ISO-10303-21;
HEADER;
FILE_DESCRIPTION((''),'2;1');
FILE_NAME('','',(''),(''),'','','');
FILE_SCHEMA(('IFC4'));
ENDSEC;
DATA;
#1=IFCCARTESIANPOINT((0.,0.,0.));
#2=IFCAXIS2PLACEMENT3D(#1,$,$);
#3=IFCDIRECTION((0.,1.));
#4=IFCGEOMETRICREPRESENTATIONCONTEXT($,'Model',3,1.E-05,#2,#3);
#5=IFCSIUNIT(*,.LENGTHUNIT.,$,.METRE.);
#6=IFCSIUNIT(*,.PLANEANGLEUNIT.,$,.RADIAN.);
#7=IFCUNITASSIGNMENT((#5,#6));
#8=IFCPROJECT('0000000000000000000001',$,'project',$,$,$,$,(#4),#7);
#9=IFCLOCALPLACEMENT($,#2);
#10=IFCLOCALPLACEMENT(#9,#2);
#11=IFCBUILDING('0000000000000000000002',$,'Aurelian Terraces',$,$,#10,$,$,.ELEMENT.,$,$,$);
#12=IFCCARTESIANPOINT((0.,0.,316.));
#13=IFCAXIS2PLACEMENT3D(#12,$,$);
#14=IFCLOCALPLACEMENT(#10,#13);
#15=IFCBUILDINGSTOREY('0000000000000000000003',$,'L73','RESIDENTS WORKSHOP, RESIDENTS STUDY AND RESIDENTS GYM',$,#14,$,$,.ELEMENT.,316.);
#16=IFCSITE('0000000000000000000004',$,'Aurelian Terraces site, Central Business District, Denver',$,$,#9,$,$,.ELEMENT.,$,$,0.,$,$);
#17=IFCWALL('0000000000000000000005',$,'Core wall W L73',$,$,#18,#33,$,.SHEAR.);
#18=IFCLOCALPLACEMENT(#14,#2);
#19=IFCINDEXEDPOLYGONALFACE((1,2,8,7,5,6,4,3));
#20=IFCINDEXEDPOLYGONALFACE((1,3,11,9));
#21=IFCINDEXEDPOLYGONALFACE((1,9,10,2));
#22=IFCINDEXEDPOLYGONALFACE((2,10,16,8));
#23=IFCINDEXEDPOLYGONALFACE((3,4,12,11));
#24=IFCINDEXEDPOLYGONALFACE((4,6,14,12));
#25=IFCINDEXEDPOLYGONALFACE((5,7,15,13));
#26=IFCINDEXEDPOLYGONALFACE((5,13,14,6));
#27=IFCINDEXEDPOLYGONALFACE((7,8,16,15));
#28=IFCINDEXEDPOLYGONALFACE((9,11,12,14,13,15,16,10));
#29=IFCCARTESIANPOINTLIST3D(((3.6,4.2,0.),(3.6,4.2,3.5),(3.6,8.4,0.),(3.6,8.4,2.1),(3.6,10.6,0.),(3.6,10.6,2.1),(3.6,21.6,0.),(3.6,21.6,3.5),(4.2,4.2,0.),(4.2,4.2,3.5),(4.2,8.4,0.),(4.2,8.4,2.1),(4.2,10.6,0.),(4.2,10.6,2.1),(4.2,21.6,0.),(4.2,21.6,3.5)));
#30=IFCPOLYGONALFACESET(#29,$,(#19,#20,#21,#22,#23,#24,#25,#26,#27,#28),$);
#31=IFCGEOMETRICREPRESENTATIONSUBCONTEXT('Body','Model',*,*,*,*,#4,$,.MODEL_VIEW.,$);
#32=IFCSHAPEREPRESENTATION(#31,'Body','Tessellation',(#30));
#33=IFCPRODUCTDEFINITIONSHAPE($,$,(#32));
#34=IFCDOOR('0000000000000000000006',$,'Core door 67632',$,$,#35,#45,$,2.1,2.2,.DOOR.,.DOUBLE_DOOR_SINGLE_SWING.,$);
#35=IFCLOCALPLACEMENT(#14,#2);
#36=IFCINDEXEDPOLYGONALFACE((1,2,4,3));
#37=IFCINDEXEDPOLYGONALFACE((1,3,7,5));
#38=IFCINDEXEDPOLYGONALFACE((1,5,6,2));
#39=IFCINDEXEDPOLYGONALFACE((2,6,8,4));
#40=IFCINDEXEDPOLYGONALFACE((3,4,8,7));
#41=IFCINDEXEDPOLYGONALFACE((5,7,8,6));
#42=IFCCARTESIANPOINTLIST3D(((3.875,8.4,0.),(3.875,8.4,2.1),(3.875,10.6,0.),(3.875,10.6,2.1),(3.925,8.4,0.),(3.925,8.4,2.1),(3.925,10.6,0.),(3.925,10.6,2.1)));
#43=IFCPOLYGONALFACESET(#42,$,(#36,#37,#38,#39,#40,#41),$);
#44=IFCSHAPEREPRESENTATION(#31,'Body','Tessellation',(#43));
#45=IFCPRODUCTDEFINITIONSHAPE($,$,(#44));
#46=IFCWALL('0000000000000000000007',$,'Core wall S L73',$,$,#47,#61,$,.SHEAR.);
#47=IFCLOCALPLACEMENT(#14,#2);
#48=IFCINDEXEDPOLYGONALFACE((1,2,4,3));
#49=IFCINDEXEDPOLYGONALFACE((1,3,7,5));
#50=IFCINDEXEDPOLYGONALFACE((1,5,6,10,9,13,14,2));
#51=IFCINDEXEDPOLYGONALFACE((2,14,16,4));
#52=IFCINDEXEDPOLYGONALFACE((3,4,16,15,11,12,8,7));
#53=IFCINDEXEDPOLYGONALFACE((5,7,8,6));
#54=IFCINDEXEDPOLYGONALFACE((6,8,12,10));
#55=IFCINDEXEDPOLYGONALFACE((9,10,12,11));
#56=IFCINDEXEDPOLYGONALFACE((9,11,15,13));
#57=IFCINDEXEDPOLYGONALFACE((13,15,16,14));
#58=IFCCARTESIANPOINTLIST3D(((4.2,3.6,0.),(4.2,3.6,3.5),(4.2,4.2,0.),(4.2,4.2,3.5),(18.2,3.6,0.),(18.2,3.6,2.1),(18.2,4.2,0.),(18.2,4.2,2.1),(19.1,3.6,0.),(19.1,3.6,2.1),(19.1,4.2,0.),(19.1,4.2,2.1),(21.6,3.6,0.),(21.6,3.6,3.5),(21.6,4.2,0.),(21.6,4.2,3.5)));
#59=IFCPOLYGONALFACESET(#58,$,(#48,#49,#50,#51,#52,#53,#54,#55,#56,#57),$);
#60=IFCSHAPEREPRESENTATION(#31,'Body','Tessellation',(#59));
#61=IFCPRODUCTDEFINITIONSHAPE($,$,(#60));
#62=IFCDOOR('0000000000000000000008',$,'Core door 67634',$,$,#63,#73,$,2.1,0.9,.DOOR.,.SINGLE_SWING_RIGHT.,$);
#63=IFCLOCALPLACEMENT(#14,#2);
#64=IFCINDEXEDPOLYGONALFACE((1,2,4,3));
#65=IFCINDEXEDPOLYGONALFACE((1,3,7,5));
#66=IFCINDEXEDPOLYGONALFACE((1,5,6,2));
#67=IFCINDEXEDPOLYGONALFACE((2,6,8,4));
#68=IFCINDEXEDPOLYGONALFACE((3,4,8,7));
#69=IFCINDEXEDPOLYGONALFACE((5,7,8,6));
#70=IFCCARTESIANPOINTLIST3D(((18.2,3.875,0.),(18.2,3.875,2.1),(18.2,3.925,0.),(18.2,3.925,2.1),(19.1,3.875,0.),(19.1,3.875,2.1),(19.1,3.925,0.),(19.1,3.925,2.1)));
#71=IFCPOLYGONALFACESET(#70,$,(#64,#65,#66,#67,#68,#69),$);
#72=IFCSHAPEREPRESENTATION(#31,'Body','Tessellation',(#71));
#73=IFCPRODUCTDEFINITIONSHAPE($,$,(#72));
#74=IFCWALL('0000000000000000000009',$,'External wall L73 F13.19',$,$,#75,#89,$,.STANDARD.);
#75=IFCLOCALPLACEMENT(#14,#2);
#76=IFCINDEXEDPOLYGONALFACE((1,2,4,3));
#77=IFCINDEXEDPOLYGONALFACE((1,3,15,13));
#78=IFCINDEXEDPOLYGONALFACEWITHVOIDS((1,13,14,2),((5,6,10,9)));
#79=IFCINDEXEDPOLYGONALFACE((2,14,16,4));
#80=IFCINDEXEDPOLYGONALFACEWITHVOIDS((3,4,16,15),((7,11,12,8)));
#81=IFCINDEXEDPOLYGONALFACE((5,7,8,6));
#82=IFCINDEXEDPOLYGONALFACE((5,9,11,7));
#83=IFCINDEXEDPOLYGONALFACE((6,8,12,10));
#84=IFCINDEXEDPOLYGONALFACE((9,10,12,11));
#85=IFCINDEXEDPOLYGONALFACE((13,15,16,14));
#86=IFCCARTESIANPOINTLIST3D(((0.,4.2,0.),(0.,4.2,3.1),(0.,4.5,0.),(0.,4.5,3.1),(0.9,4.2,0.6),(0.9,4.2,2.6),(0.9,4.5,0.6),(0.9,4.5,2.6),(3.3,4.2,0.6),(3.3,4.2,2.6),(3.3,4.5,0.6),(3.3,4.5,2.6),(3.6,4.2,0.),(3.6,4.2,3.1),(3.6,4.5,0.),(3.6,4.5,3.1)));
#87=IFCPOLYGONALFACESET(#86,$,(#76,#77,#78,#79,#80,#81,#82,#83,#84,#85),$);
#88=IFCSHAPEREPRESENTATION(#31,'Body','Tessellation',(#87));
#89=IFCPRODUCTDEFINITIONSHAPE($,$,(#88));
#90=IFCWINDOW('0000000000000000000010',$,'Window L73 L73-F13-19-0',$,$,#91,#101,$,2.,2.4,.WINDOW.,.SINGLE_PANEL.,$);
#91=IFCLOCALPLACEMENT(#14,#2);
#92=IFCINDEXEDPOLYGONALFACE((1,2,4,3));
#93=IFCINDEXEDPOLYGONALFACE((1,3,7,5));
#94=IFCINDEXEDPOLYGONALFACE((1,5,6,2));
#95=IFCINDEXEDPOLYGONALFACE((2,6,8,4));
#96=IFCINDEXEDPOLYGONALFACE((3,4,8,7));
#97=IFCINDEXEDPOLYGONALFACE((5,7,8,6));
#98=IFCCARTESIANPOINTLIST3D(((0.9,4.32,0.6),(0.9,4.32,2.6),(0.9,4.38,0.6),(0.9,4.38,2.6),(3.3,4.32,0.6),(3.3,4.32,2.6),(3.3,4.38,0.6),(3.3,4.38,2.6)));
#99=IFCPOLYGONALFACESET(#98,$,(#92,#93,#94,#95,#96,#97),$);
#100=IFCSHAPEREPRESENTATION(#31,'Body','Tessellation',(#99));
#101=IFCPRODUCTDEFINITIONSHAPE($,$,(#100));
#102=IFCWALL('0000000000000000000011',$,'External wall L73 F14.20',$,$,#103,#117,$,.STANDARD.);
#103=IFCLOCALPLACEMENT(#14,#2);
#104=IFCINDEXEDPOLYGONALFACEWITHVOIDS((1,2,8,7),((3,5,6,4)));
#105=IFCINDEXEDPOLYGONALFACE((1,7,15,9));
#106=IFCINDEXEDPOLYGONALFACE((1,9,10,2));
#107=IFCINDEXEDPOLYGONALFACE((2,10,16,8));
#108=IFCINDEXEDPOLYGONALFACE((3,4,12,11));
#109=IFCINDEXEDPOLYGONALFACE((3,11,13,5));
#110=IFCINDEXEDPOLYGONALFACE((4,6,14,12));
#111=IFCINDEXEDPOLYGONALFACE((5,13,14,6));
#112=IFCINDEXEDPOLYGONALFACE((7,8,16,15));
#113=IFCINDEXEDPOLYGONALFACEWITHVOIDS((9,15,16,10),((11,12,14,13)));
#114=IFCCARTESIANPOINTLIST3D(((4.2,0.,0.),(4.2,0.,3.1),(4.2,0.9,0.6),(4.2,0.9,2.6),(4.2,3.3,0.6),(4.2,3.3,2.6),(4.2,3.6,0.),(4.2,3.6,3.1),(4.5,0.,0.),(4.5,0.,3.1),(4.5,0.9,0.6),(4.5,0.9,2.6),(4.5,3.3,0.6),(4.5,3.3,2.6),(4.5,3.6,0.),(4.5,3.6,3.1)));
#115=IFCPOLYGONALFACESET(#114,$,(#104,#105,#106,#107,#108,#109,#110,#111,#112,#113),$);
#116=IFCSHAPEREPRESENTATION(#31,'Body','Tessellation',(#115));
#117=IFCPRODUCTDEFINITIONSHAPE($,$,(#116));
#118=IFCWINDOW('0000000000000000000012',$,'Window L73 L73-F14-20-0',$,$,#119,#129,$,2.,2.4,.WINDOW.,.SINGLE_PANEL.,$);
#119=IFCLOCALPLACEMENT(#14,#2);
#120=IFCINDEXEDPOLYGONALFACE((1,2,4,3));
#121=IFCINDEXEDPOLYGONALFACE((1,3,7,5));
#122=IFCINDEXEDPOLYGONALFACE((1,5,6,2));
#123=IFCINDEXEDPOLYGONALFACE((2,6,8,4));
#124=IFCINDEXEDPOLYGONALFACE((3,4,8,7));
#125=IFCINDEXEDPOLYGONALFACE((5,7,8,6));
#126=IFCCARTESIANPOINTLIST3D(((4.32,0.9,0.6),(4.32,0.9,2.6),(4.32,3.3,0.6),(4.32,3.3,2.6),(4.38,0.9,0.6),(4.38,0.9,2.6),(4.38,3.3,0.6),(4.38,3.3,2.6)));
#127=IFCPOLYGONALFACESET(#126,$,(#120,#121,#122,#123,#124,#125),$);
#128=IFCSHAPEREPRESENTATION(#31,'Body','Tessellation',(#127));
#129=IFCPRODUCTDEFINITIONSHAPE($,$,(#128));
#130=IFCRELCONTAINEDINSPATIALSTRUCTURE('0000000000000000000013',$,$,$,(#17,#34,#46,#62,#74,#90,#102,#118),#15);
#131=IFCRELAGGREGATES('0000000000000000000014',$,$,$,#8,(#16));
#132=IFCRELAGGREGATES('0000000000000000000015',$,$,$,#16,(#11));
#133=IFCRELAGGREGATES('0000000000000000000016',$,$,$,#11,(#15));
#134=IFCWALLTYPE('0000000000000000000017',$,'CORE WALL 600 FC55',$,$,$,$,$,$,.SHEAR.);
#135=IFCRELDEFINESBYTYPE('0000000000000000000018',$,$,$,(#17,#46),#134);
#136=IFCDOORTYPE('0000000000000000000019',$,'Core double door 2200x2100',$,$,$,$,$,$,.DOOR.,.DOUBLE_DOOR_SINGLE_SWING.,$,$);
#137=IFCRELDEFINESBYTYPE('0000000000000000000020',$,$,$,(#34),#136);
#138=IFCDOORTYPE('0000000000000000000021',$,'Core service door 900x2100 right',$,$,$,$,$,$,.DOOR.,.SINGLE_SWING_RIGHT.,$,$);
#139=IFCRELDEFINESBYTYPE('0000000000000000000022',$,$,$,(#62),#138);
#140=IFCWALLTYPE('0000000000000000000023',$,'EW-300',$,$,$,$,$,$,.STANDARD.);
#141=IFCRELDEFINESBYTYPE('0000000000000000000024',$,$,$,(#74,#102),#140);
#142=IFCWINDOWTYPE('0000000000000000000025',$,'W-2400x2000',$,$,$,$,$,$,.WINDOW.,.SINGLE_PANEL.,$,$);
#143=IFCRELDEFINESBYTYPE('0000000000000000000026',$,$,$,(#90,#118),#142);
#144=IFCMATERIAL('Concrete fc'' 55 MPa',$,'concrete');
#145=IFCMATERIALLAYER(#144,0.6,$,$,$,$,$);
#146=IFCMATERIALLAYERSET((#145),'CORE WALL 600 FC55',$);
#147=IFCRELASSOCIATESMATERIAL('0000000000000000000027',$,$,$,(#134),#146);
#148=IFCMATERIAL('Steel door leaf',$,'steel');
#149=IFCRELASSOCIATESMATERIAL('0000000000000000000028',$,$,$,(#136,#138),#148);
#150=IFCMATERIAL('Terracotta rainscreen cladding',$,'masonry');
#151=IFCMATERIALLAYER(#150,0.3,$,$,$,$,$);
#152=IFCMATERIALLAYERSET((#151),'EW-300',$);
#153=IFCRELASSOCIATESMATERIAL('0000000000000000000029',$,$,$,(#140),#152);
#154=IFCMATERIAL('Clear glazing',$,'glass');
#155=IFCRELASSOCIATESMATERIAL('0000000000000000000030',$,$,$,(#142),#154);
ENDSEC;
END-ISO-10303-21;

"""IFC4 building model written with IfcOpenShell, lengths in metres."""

from ifc_helpers import new_model, si_unit, direction, frame, frame_2d, origin, place, context, subcontext, project, spatial, rectangle, extrude, source, transform, mapped, material, layer, layer_set, type_object, element, fill, save


model = new_model("IFC4")

# Units and contexts
model_context = context("Model", 3, precision=1e-05, world=origin(), true_north=direction((0.0, 1.0)))
body_context = subcontext(model_context, "Body", "Model", "MODEL_VIEW")
ifc_project = project(units=[si_unit("LENGTHUNIT", "METRE"), si_unit("PLANEANGLEUNIT", "RADIAN")], contexts=[model_context])

# Site, building, storey
site_placement = place(None, origin())
site = spatial("IfcSite", under=ifc_project, at=site_placement, Name="Aurelian Terraces site, Central Business District, Denver", CompositionType="ELEMENT", RefElevation=0.0)
building_placement = place(site_placement, origin())
building = spatial("IfcBuilding", under=site, at=building_placement, Name="Aurelian Terraces", CompositionType="ELEMENT")
storey_placement = place(building_placement, frame((0.0, 0.0, 316.0)))
storey = spatial("IfcBuildingStorey", under=building, at=storey_placement, Name="L73", Description="RESIDENTS WORKSHOP, RESIDENTS STUDY AND RESIDENTS GYM", CompositionType="ELEMENT", Elevation=316.0)

# Shared definitions
ifc_material_1 = material(Name="Concrete fc' 55 MPa", Category="concrete")

# Walls, openings, doors
ifc_layer_1 = layer(ifc_material_1, 0.6)
ifc_layer_set_1 = layer_set([ifc_layer_1], Name="CORE WALL 600 FC55")
wall_type_1 = type_object("IfcWallType", Name="CORE WALL 600 FC55", PredefinedType="SHEAR", material=ifc_layer_set_1)
shared_shape_1 = source(origin(), body_context, "Body", "SweptSolid", [
    extrude(rectangle(XDim=17.4, YDim=0.6, at=frame_2d((8.7, 0.0))), origin(), (0.0, 0.0, 1.0), 3.5),
])
wall_1_placement = place(storey_placement, frame((3.9, 4.2, 0.0), z_axis=(0.0, 0.0, 1.0), x_axis=(0.0, 1.0, 0.0)))
wall_1 = element("IfcWall", 1, at=wall_1_placement, inside=storey, type_object=wall_type_1, Name="Core wall W L73", PredefinedType="SHEAR", context=body_context, shape_type="MappedRepresentation", body=[
    mapped(shared_shape_1, transform((0.0, 0.0, 0.0), scale=1.0)),
])
shared_shape_2 = source(origin(), body_context, "Body", "SweptSolid", [
    extrude(rectangle(XDim=2.2, YDim=2.1, at=frame_2d((1.1, 1.05))), frame((0.0, 0.31, 0.0), z_axis=(0.0, -1.0, 0.0), x_axis=(1.0, 0.0, 0.0)), (0.0, 0.0, 1.0), 0.62),
])
opening_1_placement = place(wall_1_placement, frame((4.2, 0.0, 0.0)))
opening_1 = element("IfcOpeningElement", 2, at=opening_1_placement, cuts=wall_1, PredefinedType="OPENING", context=body_context, shape_type="MappedRepresentation", body=[
    mapped(shared_shape_2, transform((0.0, 0.0, 0.0), scale=1.0)),
])
ifc_material_2 = material(Name="Steel door leaf", Category="steel")
door_type_1 = type_object("IfcDoorType", Name="Core double door 2200x2100", OperationType="DOUBLE_DOOR_SINGLE_SWING", PredefinedType="DOOR", material=ifc_material_2)
shared_shape_3 = source(origin(), body_context, "Body", "SweptSolid", [
    extrude(rectangle(XDim=2.2, YDim=2.1, at=frame_2d((1.1, 1.05))), frame((0.0, 0.025, 0.0), z_axis=(0.0, -1.0, 0.0), x_axis=(1.0, 0.0, 0.0)), (0.0, 0.0, 1.0), 0.05),
])
door_1_placement = place(opening_1_placement, origin())
door_1 = element("IfcDoor", 3, at=door_1_placement, inside=storey, type_object=door_type_1, Name="Core door 67632", OperationType="DOUBLE_DOOR_SINGLE_SWING", OverallHeight=2.1, OverallWidth=2.2, PredefinedType="DOOR", context=body_context, shape_type="MappedRepresentation", body=[
    mapped(shared_shape_3, transform((0.0, 0.0, 0.0), scale=1.0)),
])
fill(opening_1, door_1)
wall_2_placement = place(storey_placement, frame((4.2, 3.9, 0.0), z_axis=(0.0, 0.0, 1.0), x_axis=(1.0, 0.0, 0.0)))
wall_2 = element("IfcWall", 4, at=wall_2_placement, inside=storey, type_object=wall_type_1, Name="Core wall S L73", PredefinedType="SHEAR", context=body_context, shape_type="MappedRepresentation", body=[
    mapped(shared_shape_1, transform((0.0, 0.0, 0.0), scale=1.0)),
])
shared_shape_4 = source(origin(), body_context, "Body", "SweptSolid", [
    extrude(rectangle(XDim=0.9, YDim=2.1, at=frame_2d((0.45, 1.05))), frame((0.0, 0.31, 0.0), z_axis=(0.0, -1.0, 0.0), x_axis=(1.0, 0.0, 0.0)), (0.0, 0.0, 1.0), 0.62),
])
opening_2_placement = place(wall_2_placement, frame((14.0, 0.0, 0.0)))
opening_2 = element("IfcOpeningElement", 5, at=opening_2_placement, cuts=wall_2, PredefinedType="OPENING", context=body_context, shape_type="MappedRepresentation", body=[
    mapped(shared_shape_4, transform((0.0, 0.0, 0.0), scale=1.0)),
])
door_type_2 = type_object("IfcDoorType", Name="Core service door 900x2100 right", OperationType="SINGLE_SWING_RIGHT", PredefinedType="DOOR", material=ifc_material_2)
shared_shape_5 = source(origin(), body_context, "Body", "SweptSolid", [
    extrude(rectangle(XDim=0.9, YDim=2.1, at=frame_2d((0.45, 1.05))), frame((0.0, 0.025, 0.0), z_axis=(0.0, -1.0, 0.0), x_axis=(1.0, 0.0, 0.0)), (0.0, 0.0, 1.0), 0.05),
])
door_2_placement = place(opening_2_placement, origin())
door_2 = element("IfcDoor", 6, at=door_2_placement, inside=storey, type_object=door_type_2, Name="Core door 67634", OperationType="SINGLE_SWING_RIGHT", OverallHeight=2.1, OverallWidth=0.9, PredefinedType="DOOR", context=body_context, shape_type="MappedRepresentation", body=[
    mapped(shared_shape_5, transform((0.0, 0.0, 0.0), scale=1.0)),
])
fill(opening_2, door_2)

# Walls, openings, windows
ifc_material_3 = material(Name="Terracotta rainscreen cladding", Category="masonry")
ifc_layer_2 = layer(ifc_material_3, 0.3)
ifc_layer_set_2 = layer_set([ifc_layer_2], Name="EW-300")
wall_type_2 = type_object("IfcWallType", Name="EW-300", PredefinedType="STANDARD", material=ifc_layer_set_2)
shared_shape_6 = source(origin(), body_context, "Body", "SweptSolid", [
    extrude(rectangle(XDim=3.6, YDim=0.3, at=frame_2d((1.8, 0.0))), origin(), (0.0, 0.0, 1.0), 3.1),
])
wall_3_placement = place(storey_placement, frame((0.0, 4.35, 0.0), z_axis=(0.0, 0.0, 1.0), x_axis=(1.0, 0.0, 0.0)))
wall_3 = element("IfcWall", 7, at=wall_3_placement, inside=storey, type_object=wall_type_2, Name="External wall L73 F13.19", PredefinedType="STANDARD", context=body_context, shape_type="MappedRepresentation", body=[
    mapped(shared_shape_6, transform((0.0, 0.0, 0.0), scale=1.0)),
])
shared_shape_7 = source(origin(), body_context, "Body", "SweptSolid", [
    extrude(rectangle(XDim=2.4, YDim=2.0, at=frame_2d((1.2, 1.0))), frame((0.0, 0.16, 0.0), z_axis=(0.0, -1.0, 0.0), x_axis=(1.0, 0.0, 0.0)), (0.0, 0.0, 1.0), 0.32),
])
opening_3_placement = place(wall_3_placement, frame((0.9, 0.0, 0.6)))
opening_3 = element("IfcOpeningElement", 8, at=opening_3_placement, cuts=wall_3, PredefinedType="OPENING", context=body_context, shape_type="MappedRepresentation", body=[
    mapped(shared_shape_7, transform((0.0, 0.0, 0.0), scale=1.0)),
])
ifc_material_4 = material(Name="Clear glazing", Category="glass")
window_type_1 = type_object("IfcWindowType", Name="W-2400x2000", PartitioningType="SINGLE_PANEL", PredefinedType="WINDOW", material=ifc_material_4)
shared_shape_8 = source(origin(), body_context, "Body", "SweptSolid", [
    extrude(rectangle(XDim=2.4, YDim=2.0, at=frame_2d((1.2, 1.0))), frame((0.0, 0.03, 0.0), z_axis=(0.0, -1.0, 0.0), x_axis=(1.0, 0.0, 0.0)), (0.0, 0.0, 1.0), 0.06),
])
window_1_placement = place(opening_3_placement, origin())
window_1 = element("IfcWindow", 9, at=window_1_placement, inside=storey, type_object=window_type_1, Name="Window L73 L73-F13-19-0", OverallHeight=2.0, OverallWidth=2.4, PartitioningType="SINGLE_PANEL", PredefinedType="WINDOW", context=body_context, shape_type="MappedRepresentation", body=[
    mapped(shared_shape_8, transform((0.0, 0.0, 0.0), scale=1.0)),
])
fill(opening_3, window_1)
wall_4_placement = place(storey_placement, frame((4.35, 3.6, 0.0), z_axis=(0.0, 0.0, 1.0), x_axis=(0.0, -1.0, 0.0)))
wall_4 = element("IfcWall", 10, at=wall_4_placement, inside=storey, type_object=wall_type_2, Name="External wall L73 F14.20", PredefinedType="STANDARD", context=body_context, shape_type="MappedRepresentation", body=[
    mapped(shared_shape_6, transform((0.0, 0.0, 0.0), scale=1.0)),
])
opening_4_placement = place(wall_4_placement, frame((0.3, 0.0, 0.6)))
opening_4 = element("IfcOpeningElement", 11, at=opening_4_placement, cuts=wall_4, PredefinedType="OPENING", context=body_context, shape_type="MappedRepresentation", body=[
    mapped(shared_shape_7, transform((0.0, 0.0, 0.0), scale=1.0)),
])
window_2_placement = place(opening_4_placement, origin())
window_2 = element("IfcWindow", 12, at=window_2_placement, inside=storey, type_object=window_type_1, Name="Window L73 L73-F14-20-0", OverallHeight=2.0, OverallWidth=2.4, PartitioningType="SINGLE_PANEL", PredefinedType="WINDOW", context=body_context, shape_type="MappedRepresentation", body=[
    mapped(shared_shape_8, transform((0.0, 0.0, 0.0), scale=1.0)),
])
fill(opening_4, window_2)

save(model, "model.ifc")
